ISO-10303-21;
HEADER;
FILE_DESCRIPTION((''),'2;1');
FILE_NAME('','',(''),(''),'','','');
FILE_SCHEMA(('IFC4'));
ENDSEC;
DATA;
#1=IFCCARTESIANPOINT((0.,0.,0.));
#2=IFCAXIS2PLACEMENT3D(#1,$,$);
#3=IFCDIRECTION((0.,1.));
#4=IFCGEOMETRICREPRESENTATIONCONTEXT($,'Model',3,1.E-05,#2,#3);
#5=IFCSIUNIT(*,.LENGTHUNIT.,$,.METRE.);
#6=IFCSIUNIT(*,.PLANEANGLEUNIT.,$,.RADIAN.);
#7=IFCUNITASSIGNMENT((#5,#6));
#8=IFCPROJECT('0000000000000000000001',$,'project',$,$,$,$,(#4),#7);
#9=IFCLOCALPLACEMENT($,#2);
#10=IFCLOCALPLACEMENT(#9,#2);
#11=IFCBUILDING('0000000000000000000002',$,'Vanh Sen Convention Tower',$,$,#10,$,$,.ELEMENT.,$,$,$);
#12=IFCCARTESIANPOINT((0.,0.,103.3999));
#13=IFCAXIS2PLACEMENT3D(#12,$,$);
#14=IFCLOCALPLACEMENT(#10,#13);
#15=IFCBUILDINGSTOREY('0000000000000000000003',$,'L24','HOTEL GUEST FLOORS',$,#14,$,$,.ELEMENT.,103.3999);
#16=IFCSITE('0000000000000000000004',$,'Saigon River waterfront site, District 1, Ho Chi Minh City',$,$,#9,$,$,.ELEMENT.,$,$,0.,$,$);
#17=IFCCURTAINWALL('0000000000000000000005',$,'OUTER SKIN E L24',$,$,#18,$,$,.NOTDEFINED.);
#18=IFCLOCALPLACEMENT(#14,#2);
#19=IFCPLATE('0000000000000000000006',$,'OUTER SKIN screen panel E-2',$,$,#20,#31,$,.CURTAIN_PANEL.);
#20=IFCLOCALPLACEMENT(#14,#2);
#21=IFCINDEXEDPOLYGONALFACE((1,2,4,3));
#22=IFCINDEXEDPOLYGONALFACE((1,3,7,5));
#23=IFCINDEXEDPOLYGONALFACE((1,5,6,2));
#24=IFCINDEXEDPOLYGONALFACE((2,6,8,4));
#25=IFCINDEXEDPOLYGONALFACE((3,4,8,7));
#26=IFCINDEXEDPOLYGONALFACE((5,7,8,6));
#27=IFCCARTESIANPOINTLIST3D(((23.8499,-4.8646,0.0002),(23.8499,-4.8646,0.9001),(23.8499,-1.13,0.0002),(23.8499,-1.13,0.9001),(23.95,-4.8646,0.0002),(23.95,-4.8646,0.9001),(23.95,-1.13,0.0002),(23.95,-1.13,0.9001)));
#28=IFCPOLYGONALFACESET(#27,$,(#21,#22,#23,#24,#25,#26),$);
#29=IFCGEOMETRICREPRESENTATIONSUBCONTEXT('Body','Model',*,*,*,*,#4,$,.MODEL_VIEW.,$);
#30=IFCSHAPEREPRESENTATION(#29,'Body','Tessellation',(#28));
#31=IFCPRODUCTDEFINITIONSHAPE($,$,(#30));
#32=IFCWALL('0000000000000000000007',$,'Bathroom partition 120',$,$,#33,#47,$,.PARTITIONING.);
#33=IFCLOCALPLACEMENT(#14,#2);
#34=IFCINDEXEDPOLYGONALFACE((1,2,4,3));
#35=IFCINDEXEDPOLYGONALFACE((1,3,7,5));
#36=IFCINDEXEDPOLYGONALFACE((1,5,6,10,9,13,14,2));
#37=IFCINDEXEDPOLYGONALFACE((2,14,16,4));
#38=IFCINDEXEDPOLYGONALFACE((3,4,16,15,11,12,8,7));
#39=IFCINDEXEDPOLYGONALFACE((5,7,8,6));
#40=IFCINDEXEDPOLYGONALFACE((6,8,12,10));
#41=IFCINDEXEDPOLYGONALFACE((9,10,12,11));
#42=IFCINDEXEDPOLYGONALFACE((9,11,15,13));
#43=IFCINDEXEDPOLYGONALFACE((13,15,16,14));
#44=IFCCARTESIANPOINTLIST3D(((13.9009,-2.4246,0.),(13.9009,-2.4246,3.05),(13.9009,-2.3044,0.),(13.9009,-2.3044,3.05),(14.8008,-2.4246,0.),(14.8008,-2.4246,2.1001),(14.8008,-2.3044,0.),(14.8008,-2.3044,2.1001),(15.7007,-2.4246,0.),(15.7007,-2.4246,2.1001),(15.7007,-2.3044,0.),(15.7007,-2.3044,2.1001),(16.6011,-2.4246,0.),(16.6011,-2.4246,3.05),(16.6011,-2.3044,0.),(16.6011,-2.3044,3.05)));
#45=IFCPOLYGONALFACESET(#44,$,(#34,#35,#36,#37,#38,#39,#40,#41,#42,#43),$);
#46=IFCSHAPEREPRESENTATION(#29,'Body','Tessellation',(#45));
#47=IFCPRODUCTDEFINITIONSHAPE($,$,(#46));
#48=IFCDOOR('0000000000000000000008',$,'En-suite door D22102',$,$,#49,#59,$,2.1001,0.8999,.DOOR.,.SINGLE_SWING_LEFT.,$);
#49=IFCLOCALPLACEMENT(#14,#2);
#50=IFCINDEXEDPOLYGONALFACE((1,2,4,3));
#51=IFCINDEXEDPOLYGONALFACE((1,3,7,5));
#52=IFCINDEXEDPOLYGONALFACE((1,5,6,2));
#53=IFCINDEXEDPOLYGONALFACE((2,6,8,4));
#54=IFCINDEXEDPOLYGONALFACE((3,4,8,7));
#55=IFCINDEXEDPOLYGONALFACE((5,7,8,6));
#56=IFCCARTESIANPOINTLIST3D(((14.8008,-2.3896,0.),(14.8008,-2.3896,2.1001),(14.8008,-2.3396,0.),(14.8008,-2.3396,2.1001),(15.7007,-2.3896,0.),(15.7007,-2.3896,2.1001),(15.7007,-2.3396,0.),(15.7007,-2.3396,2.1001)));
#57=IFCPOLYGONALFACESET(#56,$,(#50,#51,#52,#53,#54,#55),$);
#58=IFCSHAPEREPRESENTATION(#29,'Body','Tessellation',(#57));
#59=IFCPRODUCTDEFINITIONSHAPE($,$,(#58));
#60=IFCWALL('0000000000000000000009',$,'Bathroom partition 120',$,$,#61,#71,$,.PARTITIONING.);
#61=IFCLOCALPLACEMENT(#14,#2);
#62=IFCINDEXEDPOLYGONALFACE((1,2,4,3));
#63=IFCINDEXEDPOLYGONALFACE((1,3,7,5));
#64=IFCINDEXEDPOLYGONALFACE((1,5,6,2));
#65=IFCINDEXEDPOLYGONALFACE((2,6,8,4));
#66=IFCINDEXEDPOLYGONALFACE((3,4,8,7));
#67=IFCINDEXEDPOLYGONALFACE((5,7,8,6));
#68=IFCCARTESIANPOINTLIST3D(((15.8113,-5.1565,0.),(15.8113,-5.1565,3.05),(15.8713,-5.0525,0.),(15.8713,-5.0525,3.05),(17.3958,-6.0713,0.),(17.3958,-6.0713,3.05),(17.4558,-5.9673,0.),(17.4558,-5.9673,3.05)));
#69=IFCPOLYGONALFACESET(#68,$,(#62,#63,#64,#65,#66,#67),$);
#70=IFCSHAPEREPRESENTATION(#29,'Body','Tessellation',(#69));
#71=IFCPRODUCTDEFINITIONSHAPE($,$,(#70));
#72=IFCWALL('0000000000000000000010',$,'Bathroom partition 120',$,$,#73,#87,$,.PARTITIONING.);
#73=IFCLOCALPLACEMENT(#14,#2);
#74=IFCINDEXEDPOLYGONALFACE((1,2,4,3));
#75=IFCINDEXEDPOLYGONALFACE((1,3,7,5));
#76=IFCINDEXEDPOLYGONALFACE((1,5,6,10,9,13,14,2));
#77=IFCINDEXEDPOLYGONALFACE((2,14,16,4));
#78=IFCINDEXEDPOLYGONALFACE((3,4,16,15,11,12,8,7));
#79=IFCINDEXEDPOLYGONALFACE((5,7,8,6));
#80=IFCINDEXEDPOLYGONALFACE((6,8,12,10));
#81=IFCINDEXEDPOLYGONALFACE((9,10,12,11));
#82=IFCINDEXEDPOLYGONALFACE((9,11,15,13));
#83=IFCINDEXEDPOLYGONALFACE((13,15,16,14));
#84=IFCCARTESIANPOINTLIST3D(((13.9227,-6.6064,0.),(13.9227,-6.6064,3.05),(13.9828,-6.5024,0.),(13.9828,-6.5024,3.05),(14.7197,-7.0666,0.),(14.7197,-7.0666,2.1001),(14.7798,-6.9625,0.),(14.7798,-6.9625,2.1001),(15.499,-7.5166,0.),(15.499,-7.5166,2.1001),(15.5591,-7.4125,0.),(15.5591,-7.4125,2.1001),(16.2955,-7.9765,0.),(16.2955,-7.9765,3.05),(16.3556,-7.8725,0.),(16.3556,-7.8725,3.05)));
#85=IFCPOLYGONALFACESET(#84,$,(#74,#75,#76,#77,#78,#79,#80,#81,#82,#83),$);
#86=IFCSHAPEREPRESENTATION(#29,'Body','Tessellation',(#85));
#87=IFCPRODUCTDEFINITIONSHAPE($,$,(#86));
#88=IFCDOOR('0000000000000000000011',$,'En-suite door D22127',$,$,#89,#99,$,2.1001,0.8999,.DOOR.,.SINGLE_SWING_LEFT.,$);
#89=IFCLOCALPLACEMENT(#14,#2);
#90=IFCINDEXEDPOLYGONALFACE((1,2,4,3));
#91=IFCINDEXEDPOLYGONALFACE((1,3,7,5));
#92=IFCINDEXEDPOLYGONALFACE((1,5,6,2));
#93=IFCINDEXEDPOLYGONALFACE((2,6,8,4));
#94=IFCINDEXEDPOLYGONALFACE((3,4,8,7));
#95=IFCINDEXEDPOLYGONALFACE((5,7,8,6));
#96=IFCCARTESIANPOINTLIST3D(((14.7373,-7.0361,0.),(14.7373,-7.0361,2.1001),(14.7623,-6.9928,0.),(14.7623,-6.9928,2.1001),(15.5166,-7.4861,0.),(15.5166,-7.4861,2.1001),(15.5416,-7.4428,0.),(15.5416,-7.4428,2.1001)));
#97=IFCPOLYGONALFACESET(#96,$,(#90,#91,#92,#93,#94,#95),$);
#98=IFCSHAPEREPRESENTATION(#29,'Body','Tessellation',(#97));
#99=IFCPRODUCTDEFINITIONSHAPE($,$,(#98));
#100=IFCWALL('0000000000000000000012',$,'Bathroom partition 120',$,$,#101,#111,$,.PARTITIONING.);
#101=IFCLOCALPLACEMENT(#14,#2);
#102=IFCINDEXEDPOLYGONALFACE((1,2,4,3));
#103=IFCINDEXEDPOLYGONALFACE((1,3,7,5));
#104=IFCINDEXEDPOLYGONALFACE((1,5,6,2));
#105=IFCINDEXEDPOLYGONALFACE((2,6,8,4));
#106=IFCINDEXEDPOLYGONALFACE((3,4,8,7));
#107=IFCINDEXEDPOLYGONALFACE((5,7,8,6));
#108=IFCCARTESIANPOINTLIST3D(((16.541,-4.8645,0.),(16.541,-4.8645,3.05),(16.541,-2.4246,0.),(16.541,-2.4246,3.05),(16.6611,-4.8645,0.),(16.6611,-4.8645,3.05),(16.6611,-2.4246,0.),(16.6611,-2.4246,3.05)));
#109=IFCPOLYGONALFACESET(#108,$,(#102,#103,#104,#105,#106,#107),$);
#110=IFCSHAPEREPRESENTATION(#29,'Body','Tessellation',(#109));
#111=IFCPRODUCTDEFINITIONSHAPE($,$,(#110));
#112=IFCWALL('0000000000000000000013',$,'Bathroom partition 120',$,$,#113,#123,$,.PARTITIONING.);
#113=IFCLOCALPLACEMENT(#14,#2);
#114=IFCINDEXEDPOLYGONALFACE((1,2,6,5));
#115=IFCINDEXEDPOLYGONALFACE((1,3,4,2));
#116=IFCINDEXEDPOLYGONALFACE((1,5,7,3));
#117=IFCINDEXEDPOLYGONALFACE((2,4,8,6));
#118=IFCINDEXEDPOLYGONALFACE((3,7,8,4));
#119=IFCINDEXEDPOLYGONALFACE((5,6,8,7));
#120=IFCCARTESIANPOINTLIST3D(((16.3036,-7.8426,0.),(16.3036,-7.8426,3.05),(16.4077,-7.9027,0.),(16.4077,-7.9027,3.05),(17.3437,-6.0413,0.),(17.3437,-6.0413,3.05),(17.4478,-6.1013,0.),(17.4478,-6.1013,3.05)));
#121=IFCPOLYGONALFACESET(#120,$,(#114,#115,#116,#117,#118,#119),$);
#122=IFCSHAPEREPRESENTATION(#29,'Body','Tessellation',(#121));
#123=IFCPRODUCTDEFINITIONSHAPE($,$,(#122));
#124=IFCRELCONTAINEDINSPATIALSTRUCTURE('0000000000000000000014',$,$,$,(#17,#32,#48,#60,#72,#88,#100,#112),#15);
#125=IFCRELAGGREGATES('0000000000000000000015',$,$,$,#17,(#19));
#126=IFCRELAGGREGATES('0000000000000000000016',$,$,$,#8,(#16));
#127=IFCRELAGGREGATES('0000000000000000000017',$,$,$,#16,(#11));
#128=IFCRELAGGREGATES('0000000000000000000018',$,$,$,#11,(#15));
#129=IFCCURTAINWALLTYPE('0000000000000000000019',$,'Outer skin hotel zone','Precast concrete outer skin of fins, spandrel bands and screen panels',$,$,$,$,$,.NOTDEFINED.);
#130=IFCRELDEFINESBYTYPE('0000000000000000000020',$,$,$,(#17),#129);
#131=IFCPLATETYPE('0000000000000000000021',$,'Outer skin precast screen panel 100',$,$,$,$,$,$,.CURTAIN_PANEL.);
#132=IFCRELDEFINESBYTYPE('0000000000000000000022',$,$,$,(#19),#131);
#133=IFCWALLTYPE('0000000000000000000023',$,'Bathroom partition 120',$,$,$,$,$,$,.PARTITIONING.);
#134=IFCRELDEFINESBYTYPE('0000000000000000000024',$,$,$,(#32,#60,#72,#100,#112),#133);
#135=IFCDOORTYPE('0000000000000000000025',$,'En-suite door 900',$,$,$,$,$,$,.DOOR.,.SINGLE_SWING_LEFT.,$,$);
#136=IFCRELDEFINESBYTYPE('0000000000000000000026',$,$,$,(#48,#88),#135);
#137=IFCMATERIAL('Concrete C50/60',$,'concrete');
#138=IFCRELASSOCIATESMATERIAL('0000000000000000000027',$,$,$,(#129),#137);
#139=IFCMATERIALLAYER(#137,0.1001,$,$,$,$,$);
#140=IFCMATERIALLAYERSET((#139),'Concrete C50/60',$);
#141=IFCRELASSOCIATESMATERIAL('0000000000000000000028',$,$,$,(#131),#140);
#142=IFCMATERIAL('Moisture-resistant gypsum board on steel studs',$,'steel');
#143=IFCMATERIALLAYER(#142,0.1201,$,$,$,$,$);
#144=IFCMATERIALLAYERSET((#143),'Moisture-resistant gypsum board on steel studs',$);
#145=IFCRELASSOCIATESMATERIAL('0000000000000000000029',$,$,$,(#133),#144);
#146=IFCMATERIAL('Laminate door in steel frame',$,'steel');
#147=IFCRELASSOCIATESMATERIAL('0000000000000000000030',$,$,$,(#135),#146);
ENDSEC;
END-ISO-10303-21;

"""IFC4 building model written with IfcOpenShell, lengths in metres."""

from ifc_helpers import new_model, si_unit, direction, frame, frame_2d, origin, origin_2d, place, context, subcontext, project, spatial, rectangle, extrude, material, layer, layer_set, type_object, element, fill, aggregate, save


model = new_model("IFC4")

# Units and contexts
model_context = context("Model", 3, precision=1e-05, world=origin(), true_north=direction((0.0, 1.0)))
body_context = subcontext(model_context, "Body", "Model", "MODEL_VIEW")
ifc_project = project(units=[si_unit("LENGTHUNIT", "METRE"), si_unit("PLANEANGLEUNIT", "RADIAN")], contexts=[model_context])

# Site, building, storey
site_placement = place(None, origin())
site = spatial("IfcSite", under=ifc_project, at=site_placement, Name="Saigon River waterfront site, District 1, Ho Chi Minh City", CompositionType="ELEMENT", RefElevation=0.0)
building_placement = place(site_placement, origin())
building = spatial("IfcBuilding", under=site, at=building_placement, Name="Vanh Sen Convention Tower", CompositionType="ELEMENT")
storey_placement = place(building_placement, frame((0.0, 0.0, 103.3999)))
storey = spatial("IfcBuildingStorey", under=building, at=storey_placement, Name="L24", Description="HOTEL GUEST FLOORS", CompositionType="ELEMENT", Elevation=103.3999)

# Curtain wall
ifc_material_1 = material(Name="Concrete C50/60", Category="concrete")
curtain_wall_type = type_object("IfcCurtainWallType", Name="Outer skin hotel zone", Description="Precast concrete outer skin of fins, spandrel bands and screen panels", PredefinedType="NOTDEFINED", material=ifc_material_1)
curtain_wall_placement = place(storey_placement, origin())
curtain_wall = element("IfcCurtainWall", 1, at=curtain_wall_placement, inside=storey, type_object=curtain_wall_type, Name="OUTER SKIN E L24", PredefinedType="NOTDEFINED")

# Plate
ifc_layer_1 = layer(ifc_material_1, 0.1001)
ifc_layer_set_1 = layer_set([ifc_layer_1], Name="Concrete C50/60")
plate_type = type_object("IfcPlateType", Name="Outer skin precast screen panel 100", PredefinedType="CURTAIN_PANEL", material=ifc_layer_set_1)
plate_1_placement = place(storey_placement, frame((23.8999, -2.9973, 0.0002), z_axis=(0.0, 0.0, 1.0), x_axis=(0.0, 1.0, 0.0)))
plate_1 = element("IfcPlate", 2, at=plate_1_placement, type_object=plate_type, Name="OUTER SKIN screen panel E-2", PredefinedType="CURTAIN_PANEL", context=body_context, shape_type="SweptSolid", body=[
    extrude(rectangle(XDim=3.7346, YDim=0.1001, at=origin_2d()), origin(), (0.0, 0.0, 1.0), 0.8999),
])
aggregate(curtain_wall, [plate_1])

# Wall, opening, door
ifc_material_2 = material(Name="Moisture-resistant gypsum board on steel studs", Category="steel")
ifc_layer_2 = layer(ifc_material_2, 0.1201)
ifc_layer_set_2 = layer_set([ifc_layer_2], Name="Moisture-resistant gypsum board on steel studs")
wall_type_1 = type_object("IfcWallType", Name="Bathroom partition 120", PredefinedType="PARTITIONING", material=ifc_layer_set_2)
wall_1_placement = place(storey_placement, frame((13.9009, -2.3645, 0.0), z_axis=(0.0, 0.0, 1.0), x_axis=(1.0, 0.0, 0.0)))
wall_1 = element("IfcWall", 3, at=wall_1_placement, inside=storey, type_object=wall_type_1, Name="Bathroom partition 120", PredefinedType="PARTITIONING", context=body_context, shape_type="SweptSolid", body=[
    extrude(rectangle(XDim=2.7002, YDim=0.1201, at=frame_2d((1.3501, 0.0))), origin(), (0.0, 0.0, 1.0), 3.05),
])
opening_1_placement = place(wall_1_placement, frame((0.8999, 0.0, 0.0)))
opening_1 = element("IfcOpeningElement", 4, at=opening_1_placement, cuts=wall_1, PredefinedType="OPENING", context=body_context, shape_type="SweptSolid", body=[
    extrude(rectangle(XDim=0.8999, YDim=2.1001, at=frame_2d((0.45, 1.05))), frame((0.0, 0.0701, 0.0), z_axis=(0.0, -1.0, 0.0), x_axis=(1.0, 0.0, 0.0)), (0.0, 0.0, 1.0), 0.1401),
])
ifc_material_3 = material(Name="Laminate door in steel frame", Category="steel")
door_type = type_object("IfcDoorType", Name="En-suite door 900", OperationType="SINGLE_SWING_LEFT", PredefinedType="DOOR", material=ifc_material_3)
door_1_placement = place(opening_1_placement, origin())
door_1 = element("IfcDoor", 5, at=door_1_placement, inside=storey, type_object=door_type, Name="En-suite door D22102", OperationType="SINGLE_SWING_LEFT", OverallHeight=2.1001, OverallWidth=0.8999, PredefinedType="DOOR", context=body_context, shape_type="SweptSolid", body=[
    extrude(rectangle(XDim=0.8999, YDim=2.1001, at=frame_2d((0.45, 1.05))), frame((0.0, 0.0249, 0.0), z_axis=(0.0, -1.0, 0.0), x_axis=(1.0, 0.0, 0.0)), (0.0, 0.0, 1.0), 0.05),
])
fill(opening_1, door_1)

# Wall
wall_2_placement = place(storey_placement, frame((15.8413, -5.1045, 0.0), z_axis=(0.0, 0.0, 1.0), x_axis=(0.866026, -0.5, 0.0)))
element("IfcWall", 6, at=wall_2_placement, inside=storey, type_object=wall_type_1, Name="Bathroom partition 120", PredefinedType="PARTITIONING", context=body_context, shape_type="SweptSolid", body=[
    extrude(rectangle(XDim=1.8296, YDim=0.1201, at=frame_2d((0.9148, 0.0))), origin(), (0.0, 0.0, 1.0), 3.05),
])

# Wall, opening, door
wall_3_placement = place(storey_placement, frame((16.3257, -7.9246, 0.0), z_axis=(0.0, 0.0, 1.0), x_axis=(-0.865997, 0.500049, 0.0)))
wall_3 = element("IfcWall", 7, at=wall_3_placement, inside=storey, type_object=wall_type_1, Name="Bathroom partition 120", PredefinedType="PARTITIONING", context=body_context, shape_type="SweptSolid", body=[
    extrude(rectangle(XDim=2.74, YDim=0.1201, at=frame_2d((1.3701, 0.0))), origin(), (0.0, 0.0, 1.0), 3.05),
])
opening_2_placement = place(wall_3_placement, frame((0.9199, 0.0, 0.0)))
opening_2 = element("IfcOpeningElement", 8, at=opening_2_placement, cuts=wall_3, PredefinedType="OPENING", context=body_context, shape_type="SweptSolid", body=[
    extrude(rectangle(XDim=0.8999, YDim=2.1001, at=frame_2d((0.45, 1.05))), frame((0.0, 0.0701, 0.0), z_axis=(0.0, -1.0, 0.0), x_axis=(1.0, 0.0, 0.0)), (0.0, 0.0, 1.0), 0.1401),
])
door_2_placement = place(opening_2_placement, origin())
door_2 = element("IfcDoor", 9, at=door_2_placement, inside=storey, type_object=door_type, Name="En-suite door D22127", OperationType="SINGLE_SWING_LEFT", OverallHeight=2.1001, OverallWidth=0.8999, PredefinedType="DOOR", context=body_context, shape_type="SweptSolid", body=[
    extrude(rectangle(XDim=0.8999, YDim=2.1001, at=frame_2d((0.45, 1.05))), frame((0.0, 0.0249, 0.0), z_axis=(0.0, -1.0, 0.0), x_axis=(1.0, 0.0, 0.0)), (0.0, 0.0, 1.0), 0.05),
])
fill(opening_2, door_2)

# Walls
wall_4_placement = place(storey_placement, frame((16.6011, -2.4246, 0.0), z_axis=(0.0, 0.0, 1.0), x_axis=(0.0, -1.0, 0.0)))
element("IfcWall", 10, at=wall_4_placement, inside=storey, type_object=wall_type_1, Name="Bathroom partition 120", PredefinedType="PARTITIONING", context=body_context, shape_type="SweptSolid", body=[
    extrude(rectangle(XDim=2.4399, YDim=0.1201, at=frame_2d((1.22, 0.0))), origin(), (0.0, 0.0, 1.0), 3.05),
])
wall_5_placement = place(storey_placement, frame((17.3958, -6.0713, 0.0), z_axis=(0.0, 0.0, 1.0), x_axis=(-0.500027, -0.86601, 0.0)))
element("IfcWall", 11, at=wall_5_placement, inside=storey, type_object=wall_type_1, Name="Bathroom partition 120", PredefinedType="PARTITIONING", context=body_context, shape_type="SweptSolid", body=[
    extrude(rectangle(XDim=2.0801, YDim=0.1201, at=frame_2d((1.04, 0.0))), origin(), (0.0, 0.0, 1.0), 3.05),
])

save(model, "model.ifc")
